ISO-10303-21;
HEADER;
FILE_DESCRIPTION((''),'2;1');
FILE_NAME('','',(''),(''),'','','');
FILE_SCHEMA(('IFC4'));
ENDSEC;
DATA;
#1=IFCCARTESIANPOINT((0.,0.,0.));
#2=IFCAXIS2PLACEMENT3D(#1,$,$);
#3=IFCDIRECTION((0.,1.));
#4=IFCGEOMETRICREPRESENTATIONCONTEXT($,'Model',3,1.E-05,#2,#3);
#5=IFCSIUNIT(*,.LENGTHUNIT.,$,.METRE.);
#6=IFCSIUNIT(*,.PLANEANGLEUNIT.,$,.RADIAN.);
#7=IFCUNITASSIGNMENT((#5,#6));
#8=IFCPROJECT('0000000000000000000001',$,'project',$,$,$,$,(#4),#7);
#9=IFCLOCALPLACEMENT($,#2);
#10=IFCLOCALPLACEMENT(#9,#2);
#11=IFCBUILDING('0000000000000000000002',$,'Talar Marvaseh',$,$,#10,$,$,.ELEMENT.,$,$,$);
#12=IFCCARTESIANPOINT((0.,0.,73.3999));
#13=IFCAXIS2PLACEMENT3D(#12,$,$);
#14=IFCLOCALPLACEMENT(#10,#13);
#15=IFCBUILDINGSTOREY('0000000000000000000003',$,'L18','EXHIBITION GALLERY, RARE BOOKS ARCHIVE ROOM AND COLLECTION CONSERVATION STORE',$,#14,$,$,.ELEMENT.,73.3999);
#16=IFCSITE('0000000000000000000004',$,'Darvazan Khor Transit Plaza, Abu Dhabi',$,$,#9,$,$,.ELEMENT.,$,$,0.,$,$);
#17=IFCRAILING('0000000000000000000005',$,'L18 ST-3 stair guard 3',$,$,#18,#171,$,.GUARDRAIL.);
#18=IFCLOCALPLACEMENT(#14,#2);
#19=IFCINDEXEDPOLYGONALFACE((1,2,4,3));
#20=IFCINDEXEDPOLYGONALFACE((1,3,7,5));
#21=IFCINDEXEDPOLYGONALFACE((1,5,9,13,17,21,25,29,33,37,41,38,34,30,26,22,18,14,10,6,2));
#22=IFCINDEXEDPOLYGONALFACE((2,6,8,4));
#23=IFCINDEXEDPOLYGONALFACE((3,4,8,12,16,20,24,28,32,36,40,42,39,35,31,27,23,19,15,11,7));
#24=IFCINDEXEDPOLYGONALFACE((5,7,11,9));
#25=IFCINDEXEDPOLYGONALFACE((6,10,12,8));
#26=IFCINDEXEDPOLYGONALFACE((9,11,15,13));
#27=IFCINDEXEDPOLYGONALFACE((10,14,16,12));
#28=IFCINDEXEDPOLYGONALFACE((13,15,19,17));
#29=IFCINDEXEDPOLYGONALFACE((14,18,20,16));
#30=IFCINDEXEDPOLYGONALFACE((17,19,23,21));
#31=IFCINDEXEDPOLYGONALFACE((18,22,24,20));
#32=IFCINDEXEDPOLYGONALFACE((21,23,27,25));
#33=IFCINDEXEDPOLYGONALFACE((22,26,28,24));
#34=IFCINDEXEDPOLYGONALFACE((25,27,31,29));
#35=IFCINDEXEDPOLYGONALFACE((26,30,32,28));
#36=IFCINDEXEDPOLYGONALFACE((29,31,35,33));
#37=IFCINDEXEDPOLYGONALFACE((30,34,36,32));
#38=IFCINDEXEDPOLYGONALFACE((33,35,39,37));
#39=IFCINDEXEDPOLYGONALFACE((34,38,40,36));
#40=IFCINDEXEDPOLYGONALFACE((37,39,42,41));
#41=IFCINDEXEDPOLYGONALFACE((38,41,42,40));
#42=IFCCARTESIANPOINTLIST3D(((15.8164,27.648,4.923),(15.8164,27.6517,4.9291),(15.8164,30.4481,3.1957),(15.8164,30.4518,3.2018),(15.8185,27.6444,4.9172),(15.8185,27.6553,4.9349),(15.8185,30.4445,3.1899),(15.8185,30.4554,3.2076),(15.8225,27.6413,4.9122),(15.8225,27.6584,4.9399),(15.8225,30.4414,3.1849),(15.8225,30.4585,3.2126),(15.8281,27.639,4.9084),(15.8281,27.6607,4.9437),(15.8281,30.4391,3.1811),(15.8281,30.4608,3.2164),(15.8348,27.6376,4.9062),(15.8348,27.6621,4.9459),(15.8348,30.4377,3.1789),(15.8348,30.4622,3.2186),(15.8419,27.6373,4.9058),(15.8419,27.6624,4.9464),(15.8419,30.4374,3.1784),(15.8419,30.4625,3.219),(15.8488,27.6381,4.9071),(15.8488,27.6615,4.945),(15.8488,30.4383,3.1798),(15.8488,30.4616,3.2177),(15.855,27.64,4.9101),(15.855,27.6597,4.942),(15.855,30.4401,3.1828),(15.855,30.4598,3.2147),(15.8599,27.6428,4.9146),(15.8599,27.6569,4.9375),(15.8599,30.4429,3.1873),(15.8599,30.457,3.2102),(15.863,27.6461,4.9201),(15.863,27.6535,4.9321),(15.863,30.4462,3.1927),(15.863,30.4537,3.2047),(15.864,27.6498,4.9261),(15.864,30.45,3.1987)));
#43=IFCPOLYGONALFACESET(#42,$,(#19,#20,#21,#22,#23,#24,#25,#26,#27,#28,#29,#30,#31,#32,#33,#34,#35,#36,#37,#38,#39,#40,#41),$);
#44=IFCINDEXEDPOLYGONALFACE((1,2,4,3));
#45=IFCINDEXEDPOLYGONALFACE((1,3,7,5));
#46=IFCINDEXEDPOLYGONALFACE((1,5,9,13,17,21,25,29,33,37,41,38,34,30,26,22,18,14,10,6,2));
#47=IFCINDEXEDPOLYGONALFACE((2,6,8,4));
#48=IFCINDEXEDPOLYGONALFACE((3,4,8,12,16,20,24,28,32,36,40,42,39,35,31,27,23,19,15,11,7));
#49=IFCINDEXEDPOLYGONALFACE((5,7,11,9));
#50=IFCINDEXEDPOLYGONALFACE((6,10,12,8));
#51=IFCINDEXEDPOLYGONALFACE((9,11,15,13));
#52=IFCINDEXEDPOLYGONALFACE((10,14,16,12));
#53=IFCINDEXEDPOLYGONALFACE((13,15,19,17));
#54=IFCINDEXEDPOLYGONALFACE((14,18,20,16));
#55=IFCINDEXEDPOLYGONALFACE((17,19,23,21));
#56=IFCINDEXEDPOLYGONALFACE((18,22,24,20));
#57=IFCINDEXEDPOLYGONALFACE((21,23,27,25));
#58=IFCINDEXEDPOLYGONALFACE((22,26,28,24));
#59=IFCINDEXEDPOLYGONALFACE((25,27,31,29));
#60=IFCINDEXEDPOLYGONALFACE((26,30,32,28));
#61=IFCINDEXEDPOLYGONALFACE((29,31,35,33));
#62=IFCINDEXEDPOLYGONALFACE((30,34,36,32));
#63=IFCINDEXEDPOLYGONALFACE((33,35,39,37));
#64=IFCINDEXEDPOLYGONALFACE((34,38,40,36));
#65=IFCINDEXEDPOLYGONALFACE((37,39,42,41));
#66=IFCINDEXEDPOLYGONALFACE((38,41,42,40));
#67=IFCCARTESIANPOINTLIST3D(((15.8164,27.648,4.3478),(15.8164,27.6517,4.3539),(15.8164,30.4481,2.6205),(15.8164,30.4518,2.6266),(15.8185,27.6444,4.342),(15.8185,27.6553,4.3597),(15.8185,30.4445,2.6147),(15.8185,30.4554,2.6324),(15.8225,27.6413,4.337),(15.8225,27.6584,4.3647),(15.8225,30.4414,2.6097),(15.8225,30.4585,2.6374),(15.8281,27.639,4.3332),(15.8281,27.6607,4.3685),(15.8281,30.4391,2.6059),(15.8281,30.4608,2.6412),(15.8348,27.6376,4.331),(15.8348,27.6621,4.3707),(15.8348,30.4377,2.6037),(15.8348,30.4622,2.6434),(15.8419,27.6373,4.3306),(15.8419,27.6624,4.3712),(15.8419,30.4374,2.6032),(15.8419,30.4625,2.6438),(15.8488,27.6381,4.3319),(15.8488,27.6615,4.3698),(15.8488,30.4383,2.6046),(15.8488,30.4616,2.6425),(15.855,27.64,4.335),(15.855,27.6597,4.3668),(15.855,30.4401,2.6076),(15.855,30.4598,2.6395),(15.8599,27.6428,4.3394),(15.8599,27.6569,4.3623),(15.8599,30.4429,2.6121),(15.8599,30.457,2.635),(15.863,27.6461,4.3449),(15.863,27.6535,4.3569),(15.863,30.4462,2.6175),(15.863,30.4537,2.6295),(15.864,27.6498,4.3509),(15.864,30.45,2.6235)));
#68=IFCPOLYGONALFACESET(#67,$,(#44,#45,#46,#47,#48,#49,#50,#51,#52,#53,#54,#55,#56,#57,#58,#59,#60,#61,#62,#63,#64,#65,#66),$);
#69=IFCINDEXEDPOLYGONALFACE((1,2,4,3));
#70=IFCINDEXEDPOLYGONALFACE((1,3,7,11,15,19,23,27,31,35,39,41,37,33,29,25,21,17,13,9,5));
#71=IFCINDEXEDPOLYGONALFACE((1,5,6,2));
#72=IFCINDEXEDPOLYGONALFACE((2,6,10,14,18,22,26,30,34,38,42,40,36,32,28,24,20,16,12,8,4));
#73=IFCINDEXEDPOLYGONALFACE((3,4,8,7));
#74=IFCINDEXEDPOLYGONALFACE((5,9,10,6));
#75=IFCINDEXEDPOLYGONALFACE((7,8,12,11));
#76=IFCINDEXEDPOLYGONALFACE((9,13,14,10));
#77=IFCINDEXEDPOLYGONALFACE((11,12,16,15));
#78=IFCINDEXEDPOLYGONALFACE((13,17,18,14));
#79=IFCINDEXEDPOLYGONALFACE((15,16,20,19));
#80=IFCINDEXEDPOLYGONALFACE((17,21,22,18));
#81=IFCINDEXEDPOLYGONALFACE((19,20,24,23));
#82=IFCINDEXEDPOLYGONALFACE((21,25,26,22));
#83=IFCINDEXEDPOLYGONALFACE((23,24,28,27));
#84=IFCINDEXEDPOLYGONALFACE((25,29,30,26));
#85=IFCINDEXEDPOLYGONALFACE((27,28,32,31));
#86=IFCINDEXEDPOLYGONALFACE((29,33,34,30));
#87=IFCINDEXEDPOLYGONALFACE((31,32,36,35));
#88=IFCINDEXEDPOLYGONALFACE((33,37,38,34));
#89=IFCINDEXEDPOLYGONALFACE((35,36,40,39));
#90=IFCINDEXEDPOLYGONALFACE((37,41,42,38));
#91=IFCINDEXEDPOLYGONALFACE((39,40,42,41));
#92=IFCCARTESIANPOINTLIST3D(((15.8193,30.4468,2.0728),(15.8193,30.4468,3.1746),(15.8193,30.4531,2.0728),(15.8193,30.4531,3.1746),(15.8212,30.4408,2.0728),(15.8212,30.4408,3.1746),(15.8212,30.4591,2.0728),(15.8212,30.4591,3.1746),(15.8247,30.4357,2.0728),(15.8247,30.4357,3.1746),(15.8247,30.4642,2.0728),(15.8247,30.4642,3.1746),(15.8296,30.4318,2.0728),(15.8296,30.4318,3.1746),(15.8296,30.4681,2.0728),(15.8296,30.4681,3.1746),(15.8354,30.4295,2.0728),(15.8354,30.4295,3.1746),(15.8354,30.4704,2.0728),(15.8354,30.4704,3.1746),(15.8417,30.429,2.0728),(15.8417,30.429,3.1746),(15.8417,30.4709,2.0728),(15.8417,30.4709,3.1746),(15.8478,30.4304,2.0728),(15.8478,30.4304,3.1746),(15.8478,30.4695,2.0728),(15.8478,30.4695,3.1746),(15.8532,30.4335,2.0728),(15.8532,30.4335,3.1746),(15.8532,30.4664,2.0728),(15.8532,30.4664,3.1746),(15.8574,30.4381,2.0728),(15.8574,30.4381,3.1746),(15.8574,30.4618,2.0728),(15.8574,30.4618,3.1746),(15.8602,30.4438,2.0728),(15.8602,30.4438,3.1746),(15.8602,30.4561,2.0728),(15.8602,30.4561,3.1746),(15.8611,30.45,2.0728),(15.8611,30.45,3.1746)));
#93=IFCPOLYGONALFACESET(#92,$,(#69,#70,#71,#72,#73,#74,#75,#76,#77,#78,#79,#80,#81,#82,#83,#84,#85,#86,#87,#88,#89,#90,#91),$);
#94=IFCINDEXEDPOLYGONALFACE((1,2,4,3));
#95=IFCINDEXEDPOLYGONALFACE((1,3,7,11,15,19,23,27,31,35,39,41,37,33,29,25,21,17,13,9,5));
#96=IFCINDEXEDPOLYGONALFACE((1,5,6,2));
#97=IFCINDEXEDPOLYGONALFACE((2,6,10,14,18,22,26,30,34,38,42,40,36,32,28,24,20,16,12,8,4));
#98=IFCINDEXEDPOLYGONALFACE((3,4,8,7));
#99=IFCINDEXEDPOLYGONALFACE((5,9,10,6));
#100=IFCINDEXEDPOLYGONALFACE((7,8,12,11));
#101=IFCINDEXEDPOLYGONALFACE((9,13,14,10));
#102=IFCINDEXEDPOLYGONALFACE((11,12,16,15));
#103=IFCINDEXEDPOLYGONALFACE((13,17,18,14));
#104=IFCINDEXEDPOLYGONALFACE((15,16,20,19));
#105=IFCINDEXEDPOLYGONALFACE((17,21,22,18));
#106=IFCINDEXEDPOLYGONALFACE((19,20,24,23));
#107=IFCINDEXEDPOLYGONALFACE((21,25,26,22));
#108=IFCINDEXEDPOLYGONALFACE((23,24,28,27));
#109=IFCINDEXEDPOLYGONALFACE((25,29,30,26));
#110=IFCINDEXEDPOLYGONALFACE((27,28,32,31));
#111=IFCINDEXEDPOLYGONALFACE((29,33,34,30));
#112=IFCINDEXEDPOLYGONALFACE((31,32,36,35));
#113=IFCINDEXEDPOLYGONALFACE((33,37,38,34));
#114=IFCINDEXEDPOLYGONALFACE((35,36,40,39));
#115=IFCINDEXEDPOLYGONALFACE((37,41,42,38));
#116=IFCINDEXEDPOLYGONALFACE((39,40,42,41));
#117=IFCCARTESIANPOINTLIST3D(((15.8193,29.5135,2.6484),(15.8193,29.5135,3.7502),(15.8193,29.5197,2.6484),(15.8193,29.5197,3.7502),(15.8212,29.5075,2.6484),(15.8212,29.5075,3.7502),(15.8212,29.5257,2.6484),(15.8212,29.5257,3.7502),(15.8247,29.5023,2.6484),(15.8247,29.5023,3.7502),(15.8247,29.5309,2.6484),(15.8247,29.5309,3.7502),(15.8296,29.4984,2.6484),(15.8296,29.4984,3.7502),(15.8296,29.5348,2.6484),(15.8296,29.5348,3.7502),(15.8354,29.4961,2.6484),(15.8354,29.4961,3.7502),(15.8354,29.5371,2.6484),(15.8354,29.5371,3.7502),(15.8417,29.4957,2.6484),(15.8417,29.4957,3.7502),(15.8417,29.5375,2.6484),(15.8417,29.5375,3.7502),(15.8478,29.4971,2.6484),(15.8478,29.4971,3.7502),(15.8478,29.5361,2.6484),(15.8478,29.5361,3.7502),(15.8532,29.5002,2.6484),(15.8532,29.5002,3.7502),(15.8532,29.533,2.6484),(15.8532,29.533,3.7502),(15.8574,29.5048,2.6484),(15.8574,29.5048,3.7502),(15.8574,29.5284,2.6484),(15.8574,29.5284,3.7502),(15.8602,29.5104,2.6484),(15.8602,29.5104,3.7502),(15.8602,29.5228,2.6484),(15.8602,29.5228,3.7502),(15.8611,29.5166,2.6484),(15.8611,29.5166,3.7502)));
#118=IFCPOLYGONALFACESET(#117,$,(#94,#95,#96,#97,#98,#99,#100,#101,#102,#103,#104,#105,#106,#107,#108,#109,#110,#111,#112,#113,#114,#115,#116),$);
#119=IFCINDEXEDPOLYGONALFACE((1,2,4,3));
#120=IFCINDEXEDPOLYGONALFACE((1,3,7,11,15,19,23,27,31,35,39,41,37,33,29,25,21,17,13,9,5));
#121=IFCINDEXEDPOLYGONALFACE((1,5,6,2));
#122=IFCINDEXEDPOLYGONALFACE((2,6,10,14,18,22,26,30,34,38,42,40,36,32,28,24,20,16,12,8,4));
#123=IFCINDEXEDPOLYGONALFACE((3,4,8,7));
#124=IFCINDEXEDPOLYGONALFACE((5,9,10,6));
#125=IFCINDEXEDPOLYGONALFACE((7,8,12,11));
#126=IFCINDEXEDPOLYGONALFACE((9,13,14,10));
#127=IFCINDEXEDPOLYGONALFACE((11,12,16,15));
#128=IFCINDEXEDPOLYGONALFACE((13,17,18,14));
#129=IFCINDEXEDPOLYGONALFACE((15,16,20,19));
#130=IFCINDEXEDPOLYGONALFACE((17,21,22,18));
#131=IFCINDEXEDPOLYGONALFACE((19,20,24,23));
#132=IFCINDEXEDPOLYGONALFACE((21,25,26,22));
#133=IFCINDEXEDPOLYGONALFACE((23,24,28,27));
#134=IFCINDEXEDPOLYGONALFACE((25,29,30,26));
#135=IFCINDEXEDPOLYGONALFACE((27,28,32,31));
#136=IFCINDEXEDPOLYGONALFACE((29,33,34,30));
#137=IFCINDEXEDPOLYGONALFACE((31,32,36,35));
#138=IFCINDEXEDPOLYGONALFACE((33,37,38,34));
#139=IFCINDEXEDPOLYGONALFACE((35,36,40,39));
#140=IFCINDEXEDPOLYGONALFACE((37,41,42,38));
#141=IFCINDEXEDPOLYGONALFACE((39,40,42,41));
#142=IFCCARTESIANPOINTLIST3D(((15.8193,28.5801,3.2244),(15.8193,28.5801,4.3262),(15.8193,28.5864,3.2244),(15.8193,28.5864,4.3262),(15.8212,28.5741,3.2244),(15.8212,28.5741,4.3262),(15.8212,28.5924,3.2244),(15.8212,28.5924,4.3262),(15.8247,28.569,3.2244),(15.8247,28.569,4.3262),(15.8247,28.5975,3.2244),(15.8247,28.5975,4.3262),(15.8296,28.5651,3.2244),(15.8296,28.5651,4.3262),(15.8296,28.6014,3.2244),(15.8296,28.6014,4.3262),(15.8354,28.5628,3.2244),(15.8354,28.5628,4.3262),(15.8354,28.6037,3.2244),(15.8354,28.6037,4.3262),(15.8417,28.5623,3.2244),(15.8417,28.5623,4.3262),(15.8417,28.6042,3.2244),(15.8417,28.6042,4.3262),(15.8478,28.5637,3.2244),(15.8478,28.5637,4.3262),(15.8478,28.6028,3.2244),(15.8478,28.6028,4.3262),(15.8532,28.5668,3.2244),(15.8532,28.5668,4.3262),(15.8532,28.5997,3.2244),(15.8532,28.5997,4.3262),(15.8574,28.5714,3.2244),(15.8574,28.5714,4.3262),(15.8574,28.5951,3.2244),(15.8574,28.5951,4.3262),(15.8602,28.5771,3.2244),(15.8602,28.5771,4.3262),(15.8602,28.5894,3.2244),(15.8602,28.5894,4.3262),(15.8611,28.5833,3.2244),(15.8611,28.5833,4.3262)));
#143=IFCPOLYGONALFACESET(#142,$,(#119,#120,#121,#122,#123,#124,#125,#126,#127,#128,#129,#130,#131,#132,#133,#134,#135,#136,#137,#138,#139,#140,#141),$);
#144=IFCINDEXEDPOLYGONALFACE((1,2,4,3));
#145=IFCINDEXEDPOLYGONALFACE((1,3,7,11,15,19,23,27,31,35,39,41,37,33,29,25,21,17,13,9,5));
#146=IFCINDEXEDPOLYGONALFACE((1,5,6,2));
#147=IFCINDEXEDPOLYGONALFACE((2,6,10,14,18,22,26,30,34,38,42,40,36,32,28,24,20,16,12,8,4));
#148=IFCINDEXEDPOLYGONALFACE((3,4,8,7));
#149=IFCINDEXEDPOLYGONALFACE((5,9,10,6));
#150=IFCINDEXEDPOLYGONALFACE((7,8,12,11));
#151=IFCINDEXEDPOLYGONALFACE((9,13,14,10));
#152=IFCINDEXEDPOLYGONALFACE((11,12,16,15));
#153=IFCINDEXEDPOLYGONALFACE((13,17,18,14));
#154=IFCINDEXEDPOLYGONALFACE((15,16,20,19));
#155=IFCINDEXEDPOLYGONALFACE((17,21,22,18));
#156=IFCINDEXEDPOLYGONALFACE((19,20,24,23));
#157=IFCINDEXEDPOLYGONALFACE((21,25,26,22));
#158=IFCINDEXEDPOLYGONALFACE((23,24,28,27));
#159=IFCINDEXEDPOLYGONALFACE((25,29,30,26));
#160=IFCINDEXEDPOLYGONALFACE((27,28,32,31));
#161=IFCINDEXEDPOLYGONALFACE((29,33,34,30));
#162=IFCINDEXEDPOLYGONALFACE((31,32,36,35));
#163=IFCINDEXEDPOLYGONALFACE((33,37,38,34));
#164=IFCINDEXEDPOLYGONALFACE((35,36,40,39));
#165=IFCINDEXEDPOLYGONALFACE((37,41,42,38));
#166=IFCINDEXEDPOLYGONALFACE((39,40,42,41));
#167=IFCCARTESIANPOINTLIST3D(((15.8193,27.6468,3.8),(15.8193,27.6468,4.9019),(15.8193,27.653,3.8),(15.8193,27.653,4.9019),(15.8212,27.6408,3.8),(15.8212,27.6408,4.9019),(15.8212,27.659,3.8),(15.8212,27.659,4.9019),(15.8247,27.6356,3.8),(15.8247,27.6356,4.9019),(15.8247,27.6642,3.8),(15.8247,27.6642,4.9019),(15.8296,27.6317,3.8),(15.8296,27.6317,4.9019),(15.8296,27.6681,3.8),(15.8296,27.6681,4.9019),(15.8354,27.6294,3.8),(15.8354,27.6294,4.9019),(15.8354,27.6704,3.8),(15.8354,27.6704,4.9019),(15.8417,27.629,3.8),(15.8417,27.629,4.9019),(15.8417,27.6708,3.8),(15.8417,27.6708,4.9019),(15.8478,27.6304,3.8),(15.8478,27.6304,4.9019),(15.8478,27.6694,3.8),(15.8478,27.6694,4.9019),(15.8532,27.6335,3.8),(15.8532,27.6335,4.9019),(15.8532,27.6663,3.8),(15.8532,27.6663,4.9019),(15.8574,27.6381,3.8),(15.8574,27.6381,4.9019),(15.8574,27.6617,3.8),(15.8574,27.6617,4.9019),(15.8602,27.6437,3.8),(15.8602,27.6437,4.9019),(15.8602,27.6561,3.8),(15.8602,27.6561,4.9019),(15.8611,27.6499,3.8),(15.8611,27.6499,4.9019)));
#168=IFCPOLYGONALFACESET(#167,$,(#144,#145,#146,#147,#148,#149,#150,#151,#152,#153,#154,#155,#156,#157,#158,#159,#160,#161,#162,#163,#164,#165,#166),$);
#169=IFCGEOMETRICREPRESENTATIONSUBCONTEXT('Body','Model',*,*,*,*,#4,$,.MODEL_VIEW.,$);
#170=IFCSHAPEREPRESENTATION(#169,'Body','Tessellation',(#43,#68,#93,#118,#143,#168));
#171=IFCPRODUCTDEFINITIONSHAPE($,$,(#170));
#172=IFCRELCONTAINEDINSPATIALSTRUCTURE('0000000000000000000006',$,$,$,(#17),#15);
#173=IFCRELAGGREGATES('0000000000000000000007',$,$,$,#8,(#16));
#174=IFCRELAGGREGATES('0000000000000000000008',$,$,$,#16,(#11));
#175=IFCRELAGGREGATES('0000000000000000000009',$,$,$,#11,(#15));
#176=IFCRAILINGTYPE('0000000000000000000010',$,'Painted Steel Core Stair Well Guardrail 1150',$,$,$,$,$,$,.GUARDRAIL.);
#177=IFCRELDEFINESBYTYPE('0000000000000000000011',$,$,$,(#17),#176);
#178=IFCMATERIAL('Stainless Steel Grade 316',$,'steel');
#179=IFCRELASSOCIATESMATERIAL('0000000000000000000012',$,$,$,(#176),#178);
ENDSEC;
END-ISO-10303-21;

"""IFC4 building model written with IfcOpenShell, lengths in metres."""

from ifc_helpers import new_model, si_unit, direction, frame, origin, origin_2d, place, context, subcontext, project, spatial, circle, extrude, material, type_object, element, save


model = new_model("IFC4")

# Units and contexts
model_context = context("Model", 3, precision=1e-05, world=origin(), true_north=direction((0.0, 1.0)))
body_context = subcontext(model_context, "Body", "Model", "MODEL_VIEW")
ifc_project = project(units=[si_unit("LENGTHUNIT", "METRE"), si_unit("PLANEANGLEUNIT", "RADIAN")], contexts=[model_context])

# Site, building, storey
site_placement = place(None, origin())
site = spatial("IfcSite", under=ifc_project, at=site_placement, Name="Darvazan Khor Transit Plaza, Abu Dhabi", CompositionType="ELEMENT", RefElevation=0.0)
building_placement = place(site_placement, origin())
building = spatial("IfcBuilding", under=site, at=building_placement, Name="Talar Marvaseh", CompositionType="ELEMENT")
storey_placement = place(building_placement, frame((0.0, 0.0, 73.3999)))
storey = spatial("IfcBuildingStorey", under=building, at=storey_placement, Name="L18", Description="EXHIBITION GALLERY, RARE BOOKS ARCHIVE ROOM AND COLLECTION CONSERVATION STORE", CompositionType="ELEMENT", Elevation=73.3999)

# Railing
ifc_material_1 = material(Name="Stainless Steel Grade 316", Category="steel")
railing_type_1 = type_object("IfcRailingType", Name="Painted Steel Core Stair Well Guardrail 1150", PredefinedType="GUARDRAIL", material=ifc_material_1)
railing_1_placement = place(storey_placement, frame((15.8401, 30.45, 2.0728)))
element("IfcRailing", 1, at=railing_1_placement, inside=storey, type_object=railing_type_1, Name="L18 ST-3 stair guard 3", PredefinedType="GUARDRAIL", context=body_context, shape_type="SweptSolid", body=[
    extrude(circle(Radius=0.0239, at=origin_2d()), frame((0.0, 0.0, 1.126), z_axis=(0.0, -0.85109, 0.52502), x_axis=(1.0, 0.0, 0.0)), (0.0, 0.0, 1.0), 3.29),
    extrude(circle(Radius=0.0239, at=origin_2d()), frame((0.0, 0.0, 0.5508), z_axis=(0.0, -0.85109, 0.52502), x_axis=(1.0, 0.0, 0.0)), (0.0, 0.0, 1.0), 3.29),
    extrude(circle(Radius=0.021, at=origin_2d()), origin(), (0.0, 0.0, 1.0), 1.1018),
    extrude(circle(Radius=0.021, at=origin_2d()), frame((0.0, -0.9333, 0.5757)), (0.0, 0.0, 1.0), 1.1018),
    extrude(circle(Radius=0.021, at=origin_2d()), frame((0.0, -1.8667, 1.1516)), (0.0, 0.0, 1.0), 1.1018),
    extrude(circle(Radius=0.021, at=origin_2d()), frame((0.0, -2.8, 1.7273)), (0.0, 0.0, 1.0), 1.1018),
])

save(model, "model.ifc")
